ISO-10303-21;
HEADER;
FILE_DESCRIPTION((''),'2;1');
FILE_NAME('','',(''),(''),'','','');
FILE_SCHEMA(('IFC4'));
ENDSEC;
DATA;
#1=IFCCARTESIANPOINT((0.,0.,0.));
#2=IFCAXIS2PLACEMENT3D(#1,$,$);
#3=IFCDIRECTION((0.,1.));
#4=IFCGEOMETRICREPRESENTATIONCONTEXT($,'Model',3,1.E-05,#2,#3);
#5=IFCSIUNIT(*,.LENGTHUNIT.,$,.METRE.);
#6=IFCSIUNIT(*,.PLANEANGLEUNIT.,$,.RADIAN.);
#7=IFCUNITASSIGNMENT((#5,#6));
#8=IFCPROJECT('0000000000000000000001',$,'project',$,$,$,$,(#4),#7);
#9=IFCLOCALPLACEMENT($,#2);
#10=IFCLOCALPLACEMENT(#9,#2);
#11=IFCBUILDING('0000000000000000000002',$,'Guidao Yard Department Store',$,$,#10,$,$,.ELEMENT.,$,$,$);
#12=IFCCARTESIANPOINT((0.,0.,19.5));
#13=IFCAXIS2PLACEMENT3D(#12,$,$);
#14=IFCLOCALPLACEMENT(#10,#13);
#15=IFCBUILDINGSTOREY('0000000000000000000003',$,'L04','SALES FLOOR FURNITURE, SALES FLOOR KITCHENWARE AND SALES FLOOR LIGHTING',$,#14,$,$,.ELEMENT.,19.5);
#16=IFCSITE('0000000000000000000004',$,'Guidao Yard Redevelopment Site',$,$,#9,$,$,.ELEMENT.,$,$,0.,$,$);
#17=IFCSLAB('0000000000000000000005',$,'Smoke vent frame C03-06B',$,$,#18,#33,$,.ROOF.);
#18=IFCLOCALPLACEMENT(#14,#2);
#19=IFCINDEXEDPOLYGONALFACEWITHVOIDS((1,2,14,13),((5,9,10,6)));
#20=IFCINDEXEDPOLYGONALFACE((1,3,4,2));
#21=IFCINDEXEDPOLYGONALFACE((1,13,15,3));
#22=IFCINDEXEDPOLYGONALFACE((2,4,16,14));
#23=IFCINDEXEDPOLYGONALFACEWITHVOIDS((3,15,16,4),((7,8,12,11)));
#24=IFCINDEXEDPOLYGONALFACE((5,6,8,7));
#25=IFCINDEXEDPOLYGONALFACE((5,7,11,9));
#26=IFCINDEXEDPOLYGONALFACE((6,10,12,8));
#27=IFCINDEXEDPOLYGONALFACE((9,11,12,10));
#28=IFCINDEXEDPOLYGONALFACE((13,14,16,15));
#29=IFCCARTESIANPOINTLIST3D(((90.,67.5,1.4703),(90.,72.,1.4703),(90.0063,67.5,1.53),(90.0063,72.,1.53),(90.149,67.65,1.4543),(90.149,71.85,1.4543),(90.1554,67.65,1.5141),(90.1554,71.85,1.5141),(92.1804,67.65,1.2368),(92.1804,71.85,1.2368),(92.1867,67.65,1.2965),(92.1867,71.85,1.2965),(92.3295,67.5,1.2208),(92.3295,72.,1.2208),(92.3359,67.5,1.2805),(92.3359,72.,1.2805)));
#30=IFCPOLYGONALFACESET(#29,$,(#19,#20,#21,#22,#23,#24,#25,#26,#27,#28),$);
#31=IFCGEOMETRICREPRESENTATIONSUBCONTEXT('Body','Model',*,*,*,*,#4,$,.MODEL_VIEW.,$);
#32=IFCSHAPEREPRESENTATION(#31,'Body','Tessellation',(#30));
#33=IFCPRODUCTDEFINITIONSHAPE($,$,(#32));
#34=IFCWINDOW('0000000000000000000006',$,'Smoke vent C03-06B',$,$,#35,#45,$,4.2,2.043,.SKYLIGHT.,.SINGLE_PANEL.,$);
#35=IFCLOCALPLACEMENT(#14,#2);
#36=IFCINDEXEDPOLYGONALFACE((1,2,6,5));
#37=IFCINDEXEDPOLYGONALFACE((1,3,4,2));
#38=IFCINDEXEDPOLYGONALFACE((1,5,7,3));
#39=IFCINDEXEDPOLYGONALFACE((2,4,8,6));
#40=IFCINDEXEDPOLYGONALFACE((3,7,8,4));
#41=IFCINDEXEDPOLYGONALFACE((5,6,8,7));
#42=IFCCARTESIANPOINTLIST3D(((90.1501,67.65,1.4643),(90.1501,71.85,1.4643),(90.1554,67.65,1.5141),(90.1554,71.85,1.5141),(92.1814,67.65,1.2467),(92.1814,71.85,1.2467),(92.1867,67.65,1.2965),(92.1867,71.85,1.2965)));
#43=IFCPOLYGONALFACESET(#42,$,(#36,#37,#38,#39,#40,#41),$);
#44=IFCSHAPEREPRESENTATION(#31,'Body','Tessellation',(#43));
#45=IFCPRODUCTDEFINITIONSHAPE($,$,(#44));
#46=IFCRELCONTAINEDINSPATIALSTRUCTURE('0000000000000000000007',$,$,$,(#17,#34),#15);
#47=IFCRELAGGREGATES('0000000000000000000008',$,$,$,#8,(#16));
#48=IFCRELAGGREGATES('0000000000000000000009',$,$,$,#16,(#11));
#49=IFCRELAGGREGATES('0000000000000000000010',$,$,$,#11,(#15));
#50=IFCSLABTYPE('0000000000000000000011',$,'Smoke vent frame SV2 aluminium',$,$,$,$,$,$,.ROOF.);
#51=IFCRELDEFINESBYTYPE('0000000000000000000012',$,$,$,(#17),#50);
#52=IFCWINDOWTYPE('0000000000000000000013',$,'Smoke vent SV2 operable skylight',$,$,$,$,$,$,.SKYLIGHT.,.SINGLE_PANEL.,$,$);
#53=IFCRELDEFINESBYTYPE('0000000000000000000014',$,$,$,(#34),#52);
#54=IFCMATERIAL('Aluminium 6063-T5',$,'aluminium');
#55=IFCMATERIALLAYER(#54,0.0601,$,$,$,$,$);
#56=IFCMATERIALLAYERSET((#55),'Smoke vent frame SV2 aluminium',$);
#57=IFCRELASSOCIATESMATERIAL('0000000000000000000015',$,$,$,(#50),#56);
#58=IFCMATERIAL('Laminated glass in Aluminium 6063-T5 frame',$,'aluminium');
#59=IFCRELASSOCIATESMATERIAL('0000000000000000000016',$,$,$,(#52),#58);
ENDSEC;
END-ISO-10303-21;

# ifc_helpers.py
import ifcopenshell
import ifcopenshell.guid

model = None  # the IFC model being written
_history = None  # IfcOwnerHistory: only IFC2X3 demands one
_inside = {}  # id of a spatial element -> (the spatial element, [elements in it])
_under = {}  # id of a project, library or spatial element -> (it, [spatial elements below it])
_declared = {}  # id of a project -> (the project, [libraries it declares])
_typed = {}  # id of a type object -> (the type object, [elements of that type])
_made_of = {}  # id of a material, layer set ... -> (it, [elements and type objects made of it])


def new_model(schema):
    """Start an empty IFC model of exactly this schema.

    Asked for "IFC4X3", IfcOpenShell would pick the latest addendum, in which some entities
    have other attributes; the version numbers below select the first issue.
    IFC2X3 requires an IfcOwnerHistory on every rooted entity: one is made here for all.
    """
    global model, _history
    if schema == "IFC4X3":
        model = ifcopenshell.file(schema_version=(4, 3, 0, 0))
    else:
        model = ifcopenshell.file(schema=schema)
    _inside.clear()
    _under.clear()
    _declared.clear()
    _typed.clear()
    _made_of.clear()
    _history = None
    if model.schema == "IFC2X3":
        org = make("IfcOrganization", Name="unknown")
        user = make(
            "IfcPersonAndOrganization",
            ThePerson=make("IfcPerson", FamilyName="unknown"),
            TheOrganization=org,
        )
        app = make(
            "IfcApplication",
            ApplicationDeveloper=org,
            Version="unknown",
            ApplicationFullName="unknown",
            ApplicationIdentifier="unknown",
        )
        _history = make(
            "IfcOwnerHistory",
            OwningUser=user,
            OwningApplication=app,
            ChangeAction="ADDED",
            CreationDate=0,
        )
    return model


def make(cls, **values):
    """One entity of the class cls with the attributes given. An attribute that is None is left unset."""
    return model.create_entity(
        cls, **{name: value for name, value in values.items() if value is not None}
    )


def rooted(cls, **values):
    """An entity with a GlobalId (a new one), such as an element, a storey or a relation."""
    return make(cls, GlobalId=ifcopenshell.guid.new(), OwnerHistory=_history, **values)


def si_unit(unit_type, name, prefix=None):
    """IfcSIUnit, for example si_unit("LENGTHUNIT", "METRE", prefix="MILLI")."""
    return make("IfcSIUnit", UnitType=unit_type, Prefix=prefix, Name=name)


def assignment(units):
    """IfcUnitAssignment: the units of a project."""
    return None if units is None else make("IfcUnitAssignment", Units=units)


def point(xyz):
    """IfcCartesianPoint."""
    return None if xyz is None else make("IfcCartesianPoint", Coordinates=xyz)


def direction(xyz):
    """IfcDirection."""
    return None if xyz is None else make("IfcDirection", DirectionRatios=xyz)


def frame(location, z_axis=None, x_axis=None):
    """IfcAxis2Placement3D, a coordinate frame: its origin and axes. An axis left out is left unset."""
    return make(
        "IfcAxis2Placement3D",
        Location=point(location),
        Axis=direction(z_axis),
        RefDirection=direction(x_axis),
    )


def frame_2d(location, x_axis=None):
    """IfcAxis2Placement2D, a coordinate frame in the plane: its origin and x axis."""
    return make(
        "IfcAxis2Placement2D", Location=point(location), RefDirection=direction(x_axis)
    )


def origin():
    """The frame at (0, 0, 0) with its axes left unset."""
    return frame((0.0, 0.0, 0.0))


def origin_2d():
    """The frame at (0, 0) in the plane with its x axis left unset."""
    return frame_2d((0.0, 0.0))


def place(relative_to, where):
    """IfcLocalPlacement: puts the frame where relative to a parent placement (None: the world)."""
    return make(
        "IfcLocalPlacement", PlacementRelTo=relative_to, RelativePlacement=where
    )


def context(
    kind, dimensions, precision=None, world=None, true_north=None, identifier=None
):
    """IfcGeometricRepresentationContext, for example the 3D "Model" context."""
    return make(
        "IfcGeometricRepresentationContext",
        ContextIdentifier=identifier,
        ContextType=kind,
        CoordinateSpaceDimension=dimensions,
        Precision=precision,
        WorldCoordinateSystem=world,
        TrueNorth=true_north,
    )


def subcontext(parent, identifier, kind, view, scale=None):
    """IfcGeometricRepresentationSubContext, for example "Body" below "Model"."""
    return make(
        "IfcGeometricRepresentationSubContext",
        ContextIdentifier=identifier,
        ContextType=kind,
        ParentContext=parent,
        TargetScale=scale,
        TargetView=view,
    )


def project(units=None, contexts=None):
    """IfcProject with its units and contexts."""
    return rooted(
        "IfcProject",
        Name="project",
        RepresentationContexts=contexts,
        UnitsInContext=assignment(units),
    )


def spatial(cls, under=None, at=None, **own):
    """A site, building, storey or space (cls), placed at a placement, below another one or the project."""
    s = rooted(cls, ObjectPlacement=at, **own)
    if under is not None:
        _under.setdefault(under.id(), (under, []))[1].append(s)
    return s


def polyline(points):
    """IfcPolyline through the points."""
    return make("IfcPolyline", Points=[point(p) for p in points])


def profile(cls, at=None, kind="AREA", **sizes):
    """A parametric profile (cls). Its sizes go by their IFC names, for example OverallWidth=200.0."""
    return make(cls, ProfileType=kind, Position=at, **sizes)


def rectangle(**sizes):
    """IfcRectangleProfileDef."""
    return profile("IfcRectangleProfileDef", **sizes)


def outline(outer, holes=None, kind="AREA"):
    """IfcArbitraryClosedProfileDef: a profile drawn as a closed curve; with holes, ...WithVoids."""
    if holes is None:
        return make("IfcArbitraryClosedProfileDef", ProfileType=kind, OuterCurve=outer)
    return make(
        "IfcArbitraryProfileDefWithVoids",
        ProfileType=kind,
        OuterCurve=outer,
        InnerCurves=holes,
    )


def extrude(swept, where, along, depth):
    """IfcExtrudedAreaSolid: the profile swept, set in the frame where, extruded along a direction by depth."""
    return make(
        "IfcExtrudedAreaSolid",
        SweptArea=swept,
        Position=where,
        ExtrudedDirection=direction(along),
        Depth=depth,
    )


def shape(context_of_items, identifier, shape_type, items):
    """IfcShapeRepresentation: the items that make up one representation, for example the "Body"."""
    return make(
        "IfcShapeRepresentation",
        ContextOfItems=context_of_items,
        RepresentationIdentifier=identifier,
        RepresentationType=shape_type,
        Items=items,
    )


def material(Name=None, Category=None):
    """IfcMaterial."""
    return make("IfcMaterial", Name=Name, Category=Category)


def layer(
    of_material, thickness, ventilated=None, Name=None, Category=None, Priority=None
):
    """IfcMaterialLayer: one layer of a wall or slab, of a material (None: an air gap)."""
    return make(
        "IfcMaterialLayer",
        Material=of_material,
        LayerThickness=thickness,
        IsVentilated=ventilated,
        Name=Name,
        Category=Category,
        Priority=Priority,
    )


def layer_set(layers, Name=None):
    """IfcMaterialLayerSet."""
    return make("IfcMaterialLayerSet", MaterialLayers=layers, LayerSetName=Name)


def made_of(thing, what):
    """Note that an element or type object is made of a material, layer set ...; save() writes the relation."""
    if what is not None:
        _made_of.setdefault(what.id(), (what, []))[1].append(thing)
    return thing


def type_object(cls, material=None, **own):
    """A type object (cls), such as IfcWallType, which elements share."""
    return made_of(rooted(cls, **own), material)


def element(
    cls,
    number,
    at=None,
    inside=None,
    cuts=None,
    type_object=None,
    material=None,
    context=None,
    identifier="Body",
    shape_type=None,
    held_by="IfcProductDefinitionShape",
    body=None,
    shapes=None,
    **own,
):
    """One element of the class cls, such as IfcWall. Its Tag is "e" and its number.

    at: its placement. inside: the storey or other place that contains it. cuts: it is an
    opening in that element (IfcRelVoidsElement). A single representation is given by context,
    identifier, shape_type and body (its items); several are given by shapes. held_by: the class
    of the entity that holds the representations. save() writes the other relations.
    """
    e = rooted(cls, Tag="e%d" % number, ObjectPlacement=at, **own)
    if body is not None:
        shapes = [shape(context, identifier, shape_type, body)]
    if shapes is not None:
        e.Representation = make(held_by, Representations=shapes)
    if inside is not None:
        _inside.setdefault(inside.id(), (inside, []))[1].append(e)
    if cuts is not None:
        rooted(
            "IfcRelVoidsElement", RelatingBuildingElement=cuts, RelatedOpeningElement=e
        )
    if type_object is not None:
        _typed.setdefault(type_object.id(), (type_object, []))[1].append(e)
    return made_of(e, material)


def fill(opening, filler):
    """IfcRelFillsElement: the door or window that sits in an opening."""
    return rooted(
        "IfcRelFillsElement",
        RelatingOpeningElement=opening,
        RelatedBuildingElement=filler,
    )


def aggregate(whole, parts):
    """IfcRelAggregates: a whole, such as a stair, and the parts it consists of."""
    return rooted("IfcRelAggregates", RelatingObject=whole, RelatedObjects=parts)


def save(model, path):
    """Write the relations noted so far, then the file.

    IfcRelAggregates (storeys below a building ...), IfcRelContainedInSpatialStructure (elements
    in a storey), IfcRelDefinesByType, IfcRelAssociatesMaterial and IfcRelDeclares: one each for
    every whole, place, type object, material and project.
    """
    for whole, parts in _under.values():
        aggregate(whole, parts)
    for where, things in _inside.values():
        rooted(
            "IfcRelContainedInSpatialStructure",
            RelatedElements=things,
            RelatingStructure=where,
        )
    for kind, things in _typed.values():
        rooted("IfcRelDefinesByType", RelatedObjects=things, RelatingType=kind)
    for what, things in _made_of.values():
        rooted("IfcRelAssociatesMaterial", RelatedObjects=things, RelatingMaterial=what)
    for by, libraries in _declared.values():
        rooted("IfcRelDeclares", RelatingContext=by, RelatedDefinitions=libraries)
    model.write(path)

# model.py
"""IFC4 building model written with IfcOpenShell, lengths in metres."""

from ifc_helpers import new_model, si_unit, direction, frame, origin, origin_2d, place, context, subcontext, project, spatial, polyline, rectangle, outline, extrude, material, layer, layer_set, type_object, element, fill, save


model = new_model("IFC4")

# Units and contexts
model_context = context("Model", 3, precision=1e-05, world=origin(), true_north=direction((0.0, 1.0)))
body_context = subcontext(model_context, "Body", "Model", "MODEL_VIEW")
ifc_project = project(units=[si_unit("LENGTHUNIT", "METRE"), si_unit("PLANEANGLEUNIT", "RADIAN")], contexts=[model_context])

# Site, building, storey
site_placement = place(None, origin())
site = spatial("IfcSite", under=ifc_project, at=site_placement, Name="Guidao Yard Redevelopment Site", CompositionType="ELEMENT", RefElevation=0.0)
building_placement = place(site_placement, origin())
building = spatial("IfcBuilding", under=site, at=building_placement, Name="Guidao Yard Department Store", CompositionType="ELEMENT")
storey_placement = place(building_placement, frame((0.0, 0.0, 19.5)))
storey = spatial("IfcBuildingStorey", under=building, at=storey_placement, Name="L04", Description="SALES FLOOR FURNITURE, SALES FLOOR KITCHENWARE AND SALES FLOOR LIGHTING", CompositionType="ELEMENT", Elevation=19.5)

# Slab, opening, window
ifc_material_1 = material(Name="Aluminium 6063-T5", Category="aluminium")
ifc_layer = layer(ifc_material_1, 0.0601)
ifc_layer_set = layer_set([ifc_layer], Name="Smoke vent frame SV2 aluminium")
slab_type = type_object("IfcSlabType", Name="Smoke vent frame SV2 aluminium", PredefinedType="ROOF", material=ifc_layer_set)
ifc_material_2 = material(Name="Laminated glass in Aluminium 6063-T5 frame", Category="aluminium")
window_type = type_object("IfcWindowType", Name="Smoke vent SV2 operable skylight", PartitioningType="SINGLE_PANEL", PredefinedType="SKYLIGHT", material=ifc_material_2)
slab_1_placement = place(storey_placement, frame((90.0063, 67.5, 1.53), z_axis=(0.106496, 0.0, 0.994313), x_axis=(0.994313, 0.0, -0.106496)))
slab_1 = element("IfcSlab", 1, at=slab_1_placement, inside=storey, type_object=slab_type, Name="Smoke vent frame C03-06B", PredefinedType="ROOF", context=body_context, shape_type="SweptSolid", body=[
    extrude(outline(polyline([(0.0, 0.0), (2.3429, 0.0), (2.3429, 4.5), (0.0, 4.5), (0.0, 0.0)])), origin(), (0.0, 0.0, -1.0), 0.0601),
])
opening_1_placement = place(slab_1_placement, frame((1.1714, 2.25, 0.0)))
opening_1 = element("IfcOpeningElement", 2, at=opening_1_placement, cuts=slab_1, PredefinedType="OPENING", context=body_context, shape_type="SweptSolid", body=[
    extrude(rectangle(XDim=2.043, YDim=4.2, at=origin_2d()), frame((0.0, 0.0, 0.01)), (0.0, 0.0, -1.0), 0.0801),
])
window_1_placement = place(opening_1_placement, frame((0.0, 0.0, -0.05)))
window_1 = element("IfcWindow", 3, at=window_1_placement, inside=storey, type_object=window_type, Name="Smoke vent C03-06B", OverallHeight=4.2, OverallWidth=2.043, PartitioningType="SINGLE_PANEL", PredefinedType="SKYLIGHT", context=body_context, shape_type="SweptSolid", body=[
    extrude(rectangle(XDim=2.043, YDim=4.2, at=origin_2d()), origin(), (0.0, 0.0, 1.0), 0.05),
])
fill(opening_1, window_1)

save(model, "model.ifc")
